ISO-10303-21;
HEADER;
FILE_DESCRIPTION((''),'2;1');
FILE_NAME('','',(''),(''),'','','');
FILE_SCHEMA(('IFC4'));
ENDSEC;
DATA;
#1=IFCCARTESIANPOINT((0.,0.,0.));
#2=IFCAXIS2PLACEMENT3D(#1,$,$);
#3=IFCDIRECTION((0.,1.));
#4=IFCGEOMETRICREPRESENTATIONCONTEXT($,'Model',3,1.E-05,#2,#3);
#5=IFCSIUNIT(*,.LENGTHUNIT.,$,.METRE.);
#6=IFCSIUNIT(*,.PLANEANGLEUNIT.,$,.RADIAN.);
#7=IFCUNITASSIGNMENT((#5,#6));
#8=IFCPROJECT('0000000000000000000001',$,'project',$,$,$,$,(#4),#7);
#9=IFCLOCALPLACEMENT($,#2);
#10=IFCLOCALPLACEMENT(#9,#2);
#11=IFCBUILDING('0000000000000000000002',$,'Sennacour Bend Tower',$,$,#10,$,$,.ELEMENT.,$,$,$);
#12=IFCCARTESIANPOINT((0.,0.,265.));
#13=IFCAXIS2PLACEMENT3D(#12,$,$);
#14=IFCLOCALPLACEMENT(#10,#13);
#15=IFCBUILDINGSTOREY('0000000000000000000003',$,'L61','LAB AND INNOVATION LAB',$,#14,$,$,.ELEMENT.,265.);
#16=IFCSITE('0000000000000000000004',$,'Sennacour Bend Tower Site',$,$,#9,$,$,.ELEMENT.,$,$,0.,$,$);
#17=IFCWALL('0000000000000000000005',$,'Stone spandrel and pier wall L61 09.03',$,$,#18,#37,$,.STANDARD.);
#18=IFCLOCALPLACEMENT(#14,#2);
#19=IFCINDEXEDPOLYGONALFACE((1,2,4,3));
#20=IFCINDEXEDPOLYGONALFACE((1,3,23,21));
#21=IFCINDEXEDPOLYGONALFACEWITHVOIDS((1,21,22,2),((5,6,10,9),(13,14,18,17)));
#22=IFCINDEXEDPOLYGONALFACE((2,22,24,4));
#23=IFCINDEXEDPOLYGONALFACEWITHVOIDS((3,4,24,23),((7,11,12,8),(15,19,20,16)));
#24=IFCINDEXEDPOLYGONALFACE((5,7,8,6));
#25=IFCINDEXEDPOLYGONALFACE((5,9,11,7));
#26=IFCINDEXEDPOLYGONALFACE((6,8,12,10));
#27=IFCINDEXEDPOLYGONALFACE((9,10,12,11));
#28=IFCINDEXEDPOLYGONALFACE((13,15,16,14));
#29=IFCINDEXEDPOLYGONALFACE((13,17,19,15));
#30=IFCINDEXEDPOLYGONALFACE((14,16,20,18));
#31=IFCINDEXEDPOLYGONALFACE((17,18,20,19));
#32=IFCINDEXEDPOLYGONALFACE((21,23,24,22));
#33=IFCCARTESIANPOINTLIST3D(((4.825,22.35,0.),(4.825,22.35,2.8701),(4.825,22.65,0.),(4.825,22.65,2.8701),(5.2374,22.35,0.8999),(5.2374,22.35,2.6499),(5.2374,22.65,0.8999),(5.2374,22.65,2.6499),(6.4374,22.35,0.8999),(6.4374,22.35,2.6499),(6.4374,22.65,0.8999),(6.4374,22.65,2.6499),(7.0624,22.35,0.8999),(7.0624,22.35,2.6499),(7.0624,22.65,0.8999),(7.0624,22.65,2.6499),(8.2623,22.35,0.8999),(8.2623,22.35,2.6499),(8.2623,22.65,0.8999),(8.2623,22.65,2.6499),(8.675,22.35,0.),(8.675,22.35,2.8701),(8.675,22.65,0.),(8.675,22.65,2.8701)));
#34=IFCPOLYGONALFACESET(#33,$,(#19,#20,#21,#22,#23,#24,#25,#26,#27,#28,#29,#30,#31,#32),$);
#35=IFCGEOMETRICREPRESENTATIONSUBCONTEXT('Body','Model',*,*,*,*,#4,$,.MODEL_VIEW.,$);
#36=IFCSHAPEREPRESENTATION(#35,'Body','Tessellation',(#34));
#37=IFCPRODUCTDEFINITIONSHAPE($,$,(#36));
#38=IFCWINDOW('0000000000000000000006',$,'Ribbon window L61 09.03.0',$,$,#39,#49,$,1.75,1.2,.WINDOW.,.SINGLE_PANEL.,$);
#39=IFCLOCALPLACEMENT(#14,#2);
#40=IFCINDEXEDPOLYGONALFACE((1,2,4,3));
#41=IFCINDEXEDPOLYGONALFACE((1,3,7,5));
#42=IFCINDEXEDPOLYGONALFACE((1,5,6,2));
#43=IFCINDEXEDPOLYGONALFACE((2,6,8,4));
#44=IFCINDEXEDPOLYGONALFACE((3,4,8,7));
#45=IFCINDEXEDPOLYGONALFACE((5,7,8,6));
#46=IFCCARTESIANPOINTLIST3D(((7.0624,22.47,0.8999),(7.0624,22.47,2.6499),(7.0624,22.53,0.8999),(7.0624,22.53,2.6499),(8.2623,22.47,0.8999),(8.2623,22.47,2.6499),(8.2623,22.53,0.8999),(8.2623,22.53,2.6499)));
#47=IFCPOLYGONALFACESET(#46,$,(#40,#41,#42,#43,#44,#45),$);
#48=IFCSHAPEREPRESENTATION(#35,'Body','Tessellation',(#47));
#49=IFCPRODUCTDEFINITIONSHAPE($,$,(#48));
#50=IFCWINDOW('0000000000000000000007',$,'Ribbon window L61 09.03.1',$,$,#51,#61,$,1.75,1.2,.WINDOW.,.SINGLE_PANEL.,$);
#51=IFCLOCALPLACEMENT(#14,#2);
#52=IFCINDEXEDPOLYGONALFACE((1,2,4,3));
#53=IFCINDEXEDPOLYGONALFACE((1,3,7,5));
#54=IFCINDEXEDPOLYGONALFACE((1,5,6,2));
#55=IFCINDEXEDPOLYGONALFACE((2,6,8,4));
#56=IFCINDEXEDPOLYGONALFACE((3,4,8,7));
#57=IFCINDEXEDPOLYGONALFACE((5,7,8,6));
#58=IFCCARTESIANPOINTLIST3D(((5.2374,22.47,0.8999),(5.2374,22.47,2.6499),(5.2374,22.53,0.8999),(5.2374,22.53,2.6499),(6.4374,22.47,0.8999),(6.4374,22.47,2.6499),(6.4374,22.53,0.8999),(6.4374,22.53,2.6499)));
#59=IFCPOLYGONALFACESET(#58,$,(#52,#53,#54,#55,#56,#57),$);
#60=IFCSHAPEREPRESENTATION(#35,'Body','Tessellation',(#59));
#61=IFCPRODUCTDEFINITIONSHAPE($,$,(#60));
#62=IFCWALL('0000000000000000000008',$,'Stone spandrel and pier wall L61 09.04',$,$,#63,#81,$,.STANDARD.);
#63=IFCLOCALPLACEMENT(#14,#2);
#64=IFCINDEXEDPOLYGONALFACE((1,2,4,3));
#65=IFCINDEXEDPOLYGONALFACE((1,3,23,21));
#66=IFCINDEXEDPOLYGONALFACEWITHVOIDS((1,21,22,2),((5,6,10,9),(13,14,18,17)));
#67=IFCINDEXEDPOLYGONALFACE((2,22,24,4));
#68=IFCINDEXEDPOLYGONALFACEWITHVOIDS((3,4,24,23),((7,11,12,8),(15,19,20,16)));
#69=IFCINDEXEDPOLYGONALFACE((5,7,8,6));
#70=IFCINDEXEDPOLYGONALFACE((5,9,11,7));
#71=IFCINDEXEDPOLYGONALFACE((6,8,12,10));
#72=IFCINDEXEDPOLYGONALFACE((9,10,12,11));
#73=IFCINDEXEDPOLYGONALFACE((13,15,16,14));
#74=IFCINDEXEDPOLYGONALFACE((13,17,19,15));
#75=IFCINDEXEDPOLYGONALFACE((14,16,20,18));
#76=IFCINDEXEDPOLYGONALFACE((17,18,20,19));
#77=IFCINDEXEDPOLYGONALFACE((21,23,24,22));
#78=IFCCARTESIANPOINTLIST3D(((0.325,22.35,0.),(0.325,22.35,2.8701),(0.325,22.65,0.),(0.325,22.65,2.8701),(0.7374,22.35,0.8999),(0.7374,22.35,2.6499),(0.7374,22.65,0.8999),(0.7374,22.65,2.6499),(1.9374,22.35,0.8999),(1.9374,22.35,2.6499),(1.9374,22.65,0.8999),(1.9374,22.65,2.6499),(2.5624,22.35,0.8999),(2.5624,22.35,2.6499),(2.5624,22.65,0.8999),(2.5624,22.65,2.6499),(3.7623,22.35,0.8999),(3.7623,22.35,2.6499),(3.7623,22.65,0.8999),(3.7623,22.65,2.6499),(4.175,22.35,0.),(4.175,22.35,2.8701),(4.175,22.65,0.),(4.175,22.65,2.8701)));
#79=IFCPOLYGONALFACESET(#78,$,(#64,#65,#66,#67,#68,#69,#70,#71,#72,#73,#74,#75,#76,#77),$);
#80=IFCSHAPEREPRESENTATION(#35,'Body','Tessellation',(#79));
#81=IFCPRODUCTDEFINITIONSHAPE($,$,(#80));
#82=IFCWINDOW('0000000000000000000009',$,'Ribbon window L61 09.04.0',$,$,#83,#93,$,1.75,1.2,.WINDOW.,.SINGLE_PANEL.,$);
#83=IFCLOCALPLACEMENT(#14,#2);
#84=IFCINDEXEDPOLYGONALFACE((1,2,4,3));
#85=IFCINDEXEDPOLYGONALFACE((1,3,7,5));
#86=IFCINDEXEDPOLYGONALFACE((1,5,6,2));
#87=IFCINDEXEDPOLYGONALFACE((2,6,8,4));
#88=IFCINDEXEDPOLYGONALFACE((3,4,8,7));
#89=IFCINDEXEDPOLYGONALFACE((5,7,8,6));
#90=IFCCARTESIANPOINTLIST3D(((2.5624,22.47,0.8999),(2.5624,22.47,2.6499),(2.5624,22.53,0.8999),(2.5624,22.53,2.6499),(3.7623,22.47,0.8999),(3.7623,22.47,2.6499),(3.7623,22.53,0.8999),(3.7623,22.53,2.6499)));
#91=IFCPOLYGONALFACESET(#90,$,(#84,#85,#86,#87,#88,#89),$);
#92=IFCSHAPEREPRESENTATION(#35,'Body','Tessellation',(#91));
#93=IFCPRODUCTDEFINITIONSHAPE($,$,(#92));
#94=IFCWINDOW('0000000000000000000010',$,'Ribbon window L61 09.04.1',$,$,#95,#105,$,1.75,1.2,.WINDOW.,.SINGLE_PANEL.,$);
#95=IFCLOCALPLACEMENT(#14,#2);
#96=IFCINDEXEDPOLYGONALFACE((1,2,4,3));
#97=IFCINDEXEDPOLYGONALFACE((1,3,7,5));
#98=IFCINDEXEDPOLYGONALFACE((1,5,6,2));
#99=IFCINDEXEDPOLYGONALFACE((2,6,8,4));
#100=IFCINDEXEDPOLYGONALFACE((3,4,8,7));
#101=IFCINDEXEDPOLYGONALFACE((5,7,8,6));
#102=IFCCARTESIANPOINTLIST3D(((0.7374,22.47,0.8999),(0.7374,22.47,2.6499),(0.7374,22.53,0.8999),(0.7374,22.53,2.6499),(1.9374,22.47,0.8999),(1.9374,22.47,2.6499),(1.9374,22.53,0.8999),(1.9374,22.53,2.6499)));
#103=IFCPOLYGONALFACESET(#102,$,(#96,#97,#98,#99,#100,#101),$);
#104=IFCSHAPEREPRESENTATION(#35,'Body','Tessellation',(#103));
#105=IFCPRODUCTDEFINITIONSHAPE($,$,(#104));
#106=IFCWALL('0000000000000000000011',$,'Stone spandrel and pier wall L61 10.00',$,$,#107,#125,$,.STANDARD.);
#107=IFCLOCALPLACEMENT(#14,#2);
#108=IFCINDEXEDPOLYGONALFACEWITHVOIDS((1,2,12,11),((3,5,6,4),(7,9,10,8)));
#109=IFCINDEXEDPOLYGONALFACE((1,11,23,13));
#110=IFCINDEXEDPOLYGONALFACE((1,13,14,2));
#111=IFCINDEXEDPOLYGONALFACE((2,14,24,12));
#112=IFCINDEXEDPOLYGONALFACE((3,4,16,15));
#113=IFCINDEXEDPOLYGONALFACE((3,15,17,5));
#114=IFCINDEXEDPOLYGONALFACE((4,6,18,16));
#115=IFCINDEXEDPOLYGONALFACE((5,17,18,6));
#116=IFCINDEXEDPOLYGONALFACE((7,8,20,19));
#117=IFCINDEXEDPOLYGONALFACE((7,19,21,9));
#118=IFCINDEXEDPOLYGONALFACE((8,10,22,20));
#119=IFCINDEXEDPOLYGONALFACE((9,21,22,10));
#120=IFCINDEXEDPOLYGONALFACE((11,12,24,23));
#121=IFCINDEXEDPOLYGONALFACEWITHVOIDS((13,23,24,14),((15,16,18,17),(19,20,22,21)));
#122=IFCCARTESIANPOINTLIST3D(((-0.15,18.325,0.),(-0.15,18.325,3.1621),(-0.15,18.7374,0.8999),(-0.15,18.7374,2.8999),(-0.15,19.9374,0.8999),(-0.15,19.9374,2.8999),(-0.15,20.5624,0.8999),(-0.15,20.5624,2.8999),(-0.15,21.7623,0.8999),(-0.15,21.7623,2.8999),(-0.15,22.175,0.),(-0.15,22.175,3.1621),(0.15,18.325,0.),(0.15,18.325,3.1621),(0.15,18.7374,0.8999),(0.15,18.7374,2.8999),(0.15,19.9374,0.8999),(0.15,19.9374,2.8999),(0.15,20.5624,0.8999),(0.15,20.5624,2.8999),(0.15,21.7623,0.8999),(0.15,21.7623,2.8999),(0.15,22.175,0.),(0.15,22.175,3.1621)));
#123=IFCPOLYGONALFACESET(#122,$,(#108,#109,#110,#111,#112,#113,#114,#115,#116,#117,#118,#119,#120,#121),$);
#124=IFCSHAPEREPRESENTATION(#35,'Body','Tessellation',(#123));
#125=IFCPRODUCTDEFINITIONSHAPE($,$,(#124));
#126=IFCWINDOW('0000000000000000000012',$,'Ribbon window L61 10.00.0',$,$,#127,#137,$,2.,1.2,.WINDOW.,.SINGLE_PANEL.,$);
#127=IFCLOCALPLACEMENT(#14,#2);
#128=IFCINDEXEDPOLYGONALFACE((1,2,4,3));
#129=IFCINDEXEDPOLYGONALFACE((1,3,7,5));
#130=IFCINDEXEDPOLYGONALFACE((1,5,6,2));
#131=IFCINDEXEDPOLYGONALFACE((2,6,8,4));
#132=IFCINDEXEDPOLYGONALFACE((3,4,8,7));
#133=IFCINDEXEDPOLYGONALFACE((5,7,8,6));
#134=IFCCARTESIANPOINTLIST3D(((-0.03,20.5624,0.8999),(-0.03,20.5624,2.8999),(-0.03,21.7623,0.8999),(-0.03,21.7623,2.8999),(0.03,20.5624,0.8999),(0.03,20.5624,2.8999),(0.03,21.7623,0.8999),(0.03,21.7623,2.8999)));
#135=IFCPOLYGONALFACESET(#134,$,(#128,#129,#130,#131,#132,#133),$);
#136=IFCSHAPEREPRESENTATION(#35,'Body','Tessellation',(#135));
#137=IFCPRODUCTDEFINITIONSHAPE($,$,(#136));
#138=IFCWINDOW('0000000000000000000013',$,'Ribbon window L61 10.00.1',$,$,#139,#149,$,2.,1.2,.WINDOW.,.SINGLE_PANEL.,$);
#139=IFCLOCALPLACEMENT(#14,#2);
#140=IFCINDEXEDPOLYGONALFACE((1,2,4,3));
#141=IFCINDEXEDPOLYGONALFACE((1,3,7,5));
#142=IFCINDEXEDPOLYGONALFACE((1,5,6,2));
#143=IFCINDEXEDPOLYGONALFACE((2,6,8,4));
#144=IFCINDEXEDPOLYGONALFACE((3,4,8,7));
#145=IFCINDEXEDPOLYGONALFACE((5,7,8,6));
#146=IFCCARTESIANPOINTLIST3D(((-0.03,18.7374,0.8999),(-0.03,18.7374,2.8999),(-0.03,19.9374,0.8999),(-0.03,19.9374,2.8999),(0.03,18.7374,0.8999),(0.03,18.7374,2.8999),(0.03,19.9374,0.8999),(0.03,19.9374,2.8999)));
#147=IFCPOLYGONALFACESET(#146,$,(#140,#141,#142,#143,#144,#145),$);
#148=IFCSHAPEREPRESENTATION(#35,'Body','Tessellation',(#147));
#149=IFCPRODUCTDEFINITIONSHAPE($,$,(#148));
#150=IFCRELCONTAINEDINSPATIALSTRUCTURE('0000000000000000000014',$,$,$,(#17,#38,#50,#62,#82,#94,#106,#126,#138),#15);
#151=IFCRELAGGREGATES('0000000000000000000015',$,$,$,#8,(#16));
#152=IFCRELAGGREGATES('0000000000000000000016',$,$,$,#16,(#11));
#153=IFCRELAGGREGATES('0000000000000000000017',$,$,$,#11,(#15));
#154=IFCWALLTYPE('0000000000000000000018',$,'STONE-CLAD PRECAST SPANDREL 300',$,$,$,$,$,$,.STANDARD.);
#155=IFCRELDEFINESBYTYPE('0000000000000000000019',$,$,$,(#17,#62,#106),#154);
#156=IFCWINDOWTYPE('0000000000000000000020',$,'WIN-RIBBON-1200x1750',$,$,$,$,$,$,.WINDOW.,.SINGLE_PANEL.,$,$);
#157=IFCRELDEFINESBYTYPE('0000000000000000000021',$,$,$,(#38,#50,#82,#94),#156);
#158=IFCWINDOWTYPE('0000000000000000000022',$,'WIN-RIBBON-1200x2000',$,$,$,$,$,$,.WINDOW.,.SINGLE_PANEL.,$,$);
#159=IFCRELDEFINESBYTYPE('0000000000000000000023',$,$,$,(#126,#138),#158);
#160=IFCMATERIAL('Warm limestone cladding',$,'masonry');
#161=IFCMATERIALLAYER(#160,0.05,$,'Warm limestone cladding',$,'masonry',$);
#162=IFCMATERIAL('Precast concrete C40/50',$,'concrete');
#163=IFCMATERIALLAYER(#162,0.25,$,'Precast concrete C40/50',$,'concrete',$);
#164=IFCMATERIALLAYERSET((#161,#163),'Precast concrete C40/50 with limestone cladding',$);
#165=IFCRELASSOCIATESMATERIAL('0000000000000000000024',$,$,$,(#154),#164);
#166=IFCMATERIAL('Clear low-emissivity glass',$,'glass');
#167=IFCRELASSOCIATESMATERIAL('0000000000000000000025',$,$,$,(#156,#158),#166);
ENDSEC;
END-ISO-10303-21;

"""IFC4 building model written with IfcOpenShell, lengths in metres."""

from ifc_helpers import new_model, si_unit, direction, frame, frame_2d, origin, place, context, subcontext, project, spatial, rectangle, extrude, material, layer, layer_set, type_object, element, fill, save


model = new_model("IFC4")

# Units and contexts
model_context = context("Model", 3, precision=1e-05, world=origin(), true_north=direction((0.0, 1.0)))
body_context = subcontext(model_context, "Body", "Model", "MODEL_VIEW")
ifc_project = project(units=[si_unit("LENGTHUNIT", "METRE"), si_unit("PLANEANGLEUNIT", "RADIAN")], contexts=[model_context])

# Site, building, storey
site_placement = place(None, origin())
site = spatial("IfcSite", under=ifc_project, at=site_placement, Name="Sennacour Bend Tower Site", CompositionType="ELEMENT", RefElevation=0.0)
building_placement = place(site_placement, origin())
building = spatial("IfcBuilding", under=site, at=building_placement, Name="Sennacour Bend Tower", CompositionType="ELEMENT")
storey_placement = place(building_placement, frame((0.0, 0.0, 265.0)))
storey = spatial("IfcBuildingStorey", under=building, at=storey_placement, Name="L61", Description="LAB AND INNOVATION LAB", CompositionType="ELEMENT", Elevation=265.0)

# Walls, openings, windows
ifc_material_1 = material(Name="Warm limestone cladding", Category="masonry")
ifc_layer_1 = layer(ifc_material_1, 0.05, Name="Warm limestone cladding", Category="masonry")
ifc_material_2 = material(Name="Precast concrete C40/50", Category="concrete")
ifc_layer_2 = layer(ifc_material_2, 0.25, Name="Precast concrete C40/50", Category="concrete")
ifc_layer_set_1 = layer_set([ifc_layer_1, ifc_layer_2], Name="Precast concrete C40/50 with limestone cladding")
wall_type_1 = type_object("IfcWallType", Name="STONE-CLAD PRECAST SPANDREL 300", PredefinedType="STANDARD", material=ifc_layer_set_1)
wall_1_placement = place(storey_placement, frame((8.675, 22.5, 0.0), z_axis=(0.0, 0.0, 1.0), x_axis=(-1.0, 0.0, 0.0)))
wall_1 = element("IfcWall", 1, at=wall_1_placement, inside=storey, type_object=wall_type_1, Name="Stone spandrel and pier wall L61 09.03", PredefinedType="STANDARD", context=body_context, shape_type="SweptSolid", body=[
    extrude(rectangle(XDim=3.8501, YDim=0.3, at=frame_2d((1.925, 0.0))), origin(), (0.0, 0.0, 1.0), 2.8701),
])
opening_1_placement = place(wall_1_placement, frame((0.4126, 0.0, 0.8999)))
opening_1 = element("IfcOpeningElement", 2, at=opening_1_placement, cuts=wall_1, PredefinedType="OPENING", context=body_context, shape_type="SweptSolid", body=[
    extrude(rectangle(XDim=1.2, YDim=1.75, at=frame_2d((0.6001, 0.875))), frame((0.0, 0.1602, 0.0), z_axis=(0.0, -1.0, 0.0), x_axis=(1.0, 0.0, 0.0)), (0.0, 0.0, 1.0), 0.3201),
])
opening_2_placement = place(wall_1_placement, frame((2.2375, 0.0, 0.8999)))
opening_2 = element("IfcOpeningElement", 3, at=opening_2_placement, cuts=wall_1, PredefinedType="OPENING", context=body_context, shape_type="SweptSolid", body=[
    extrude(rectangle(XDim=1.2, YDim=1.75, at=frame_2d((0.6001, 0.875))), frame((0.0, 0.1602, 0.0), z_axis=(0.0, -1.0, 0.0), x_axis=(1.0, 0.0, 0.0)), (0.0, 0.0, 1.0), 0.3201),
])
ifc_material_3 = material(Name="Clear low-emissivity glass", Category="glass")
window_type_1 = type_object("IfcWindowType", Name="WIN-RIBBON-1200x1750", PartitioningType="SINGLE_PANEL", PredefinedType="WINDOW", material=ifc_material_3)
window_1_placement = place(opening_1_placement, origin())
window_1 = element("IfcWindow", 4, at=window_1_placement, inside=storey, type_object=window_type_1, Name="Ribbon window L61 09.03.0", OverallHeight=1.75, OverallWidth=1.2, PartitioningType="SINGLE_PANEL", PredefinedType="WINDOW", context=body_context, shape_type="SweptSolid", body=[
    extrude(rectangle(XDim=1.2, YDim=1.75, at=frame_2d((0.6001, 0.875))), frame((0.0, 0.03, 0.0), z_axis=(0.0, -1.0, 0.0), x_axis=(1.0, 0.0, 0.0)), (0.0, 0.0, 1.0), 0.0601),
])
fill(opening_1, window_1)
window_2_placement = place(opening_2_placement, origin())
window_2 = element("IfcWindow", 5, at=window_2_placement, inside=storey, type_object=window_type_1, Name="Ribbon window L61 09.03.1", OverallHeight=1.75, OverallWidth=1.2, PartitioningType="SINGLE_PANEL", PredefinedType="WINDOW", context=body_context, shape_type="SweptSolid", body=[
    extrude(rectangle(XDim=1.2, YDim=1.75, at=frame_2d((0.6001, 0.875))), frame((0.0, 0.03, 0.0), z_axis=(0.0, -1.0, 0.0), x_axis=(1.0, 0.0, 0.0)), (0.0, 0.0, 1.0), 0.0601),
])
fill(opening_2, window_2)
wall_2_placement = place(storey_placement, frame((4.175, 22.5, 0.0), z_axis=(0.0, 0.0, 1.0), x_axis=(-1.0, 0.0, 0.0)))
wall_2 = element("IfcWall", 6, at=wall_2_placement, inside=storey, type_object=wall_type_1, Name="Stone spandrel and pier wall L61 09.04", PredefinedType="STANDARD", context=body_context, shape_type="SweptSolid", body=[
    extrude(rectangle(XDim=3.8501, YDim=0.3, at=frame_2d((1.925, 0.0))), origin(), (0.0, 0.0, 1.0), 2.8701),
])
opening_3_placement = place(wall_2_placement, frame((0.4126, 0.0, 0.8999)))
opening_3 = element("IfcOpeningElement", 7, at=opening_3_placement, cuts=wall_2, PredefinedType="OPENING", context=body_context, shape_type="SweptSolid", body=[
    extrude(rectangle(XDim=1.2, YDim=1.75, at=frame_2d((0.6001, 0.875))), frame((0.0, 0.1602, 0.0), z_axis=(0.0, -1.0, 0.0), x_axis=(1.0, 0.0, 0.0)), (0.0, 0.0, 1.0), 0.3201),
])
opening_4_placement = place(wall_2_placement, frame((2.2375, 0.0, 0.8999)))
opening_4 = element("IfcOpeningElement", 8, at=opening_4_placement, cuts=wall_2, PredefinedType="OPENING", context=body_context, shape_type="SweptSolid", body=[
    extrude(rectangle(XDim=1.2, YDim=1.75, at=frame_2d((0.6001, 0.875))), frame((0.0, 0.1602, 0.0), z_axis=(0.0, -1.0, 0.0), x_axis=(1.0, 0.0, 0.0)), (0.0, 0.0, 1.0), 0.3201),
])
window_3_placement = place(opening_3_placement, origin())
window_3 = element("IfcWindow", 9, at=window_3_placement, inside=storey, type_object=window_type_1, Name="Ribbon window L61 09.04.0", OverallHeight=1.75, OverallWidth=1.2, PartitioningType="SINGLE_PANEL", PredefinedType="WINDOW", context=body_context, shape_type="SweptSolid", body=[
    extrude(rectangle(XDim=1.2, YDim=1.75, at=frame_2d((0.6001, 0.875))), frame((0.0, 0.03, 0.0), z_axis=(0.0, -1.0, 0.0), x_axis=(1.0, 0.0, 0.0)), (0.0, 0.0, 1.0), 0.0601),
])
fill(opening_3, window_3)
window_4_placement = place(opening_4_placement, origin())
window_4 = element("IfcWindow", 10, at=window_4_placement, inside=storey, type_object=window_type_1, Name="Ribbon window L61 09.04.1", OverallHeight=1.75, OverallWidth=1.2, PartitioningType="SINGLE_PANEL", PredefinedType="WINDOW", context=body_context, shape_type="SweptSolid", body=[
    extrude(rectangle(XDim=1.2, YDim=1.75, at=frame_2d((0.6001, 0.875))), frame((0.0, 0.03, 0.0), z_axis=(0.0, -1.0, 0.0), x_axis=(1.0, 0.0, 0.0)), (0.0, 0.0, 1.0), 0.0601),
])
fill(opening_4, window_4)
wall_3_placement = place(storey_placement, frame((0.0, 22.175, 0.0), z_axis=(0.0, 0.0, 1.0), x_axis=(0.0, -1.0, 0.0)))
wall_3 = element("IfcWall", 11, at=wall_3_placement, inside=storey, type_object=wall_type_1, Name="Stone spandrel and pier wall L61 10.00", PredefinedType="STANDARD", context=body_context, shape_type="SweptSolid", body=[
    extrude(rectangle(XDim=3.8501, YDim=0.3, at=frame_2d((1.925, 0.0))), origin(), (0.0, 0.0, 1.0), 3.1621),
])
opening_5_placement = place(wall_3_placement, frame((0.4126, 0.0, 0.8999)))
opening_5 = element("IfcOpeningElement", 12, at=opening_5_placement, cuts=wall_3, PredefinedType="OPENING", context=body_context, shape_type="SweptSolid", body=[
    extrude(rectangle(XDim=1.2, YDim=2.0, at=frame_2d((0.6001, 1.0))), frame((0.0, 0.1602, 0.0), z_axis=(0.0, -1.0, 0.0), x_axis=(1.0, 0.0, 0.0)), (0.0, 0.0, 1.0), 0.3201),
])
opening_6_placement = place(wall_3_placement, frame((2.2375, 0.0, 0.8999)))
opening_6 = element("IfcOpeningElement", 13, at=opening_6_placement, cuts=wall_3, PredefinedType="OPENING", context=body_context, shape_type="SweptSolid", body=[
    extrude(rectangle(XDim=1.2, YDim=2.0, at=frame_2d((0.6001, 1.0))), frame((0.0, 0.1602, 0.0), z_axis=(0.0, -1.0, 0.0), x_axis=(1.0, 0.0, 0.0)), (0.0, 0.0, 1.0), 0.3201),
])
window_type_2 = type_object("IfcWindowType", Name="WIN-RIBBON-1200x2000", PartitioningType="SINGLE_PANEL", PredefinedType="WINDOW", material=ifc_material_3)
window_5_placement = place(opening_5_placement, origin())
window_5 = element("IfcWindow", 14, at=window_5_placement, inside=storey, type_object=window_type_2, Name="Ribbon window L61 10.00.0", OverallHeight=2.0, OverallWidth=1.2, PartitioningType="SINGLE_PANEL", PredefinedType="WINDOW", context=body_context, shape_type="SweptSolid", body=[
    extrude(rectangle(XDim=1.2, YDim=2.0, at=frame_2d((0.6001, 1.0))), frame((0.0, 0.03, 0.0), z_axis=(0.0, -1.0, 0.0), x_axis=(1.0, 0.0, 0.0)), (0.0, 0.0, 1.0), 0.0601),
])
fill(opening_5, window_5)
window_6_placement = place(opening_6_placement, origin())
window_6 = element("IfcWindow", 15, at=window_6_placement, inside=storey, type_object=window_type_2, Name="Ribbon window L61 10.00.1", OverallHeight=2.0, OverallWidth=1.2, PartitioningType="SINGLE_PANEL", PredefinedType="WINDOW", context=body_context, shape_type="SweptSolid", body=[
    extrude(rectangle(XDim=1.2, YDim=2.0, at=frame_2d((0.6001, 1.0))), frame((0.0, 0.03, 0.0), z_axis=(0.0, -1.0, 0.0), x_axis=(1.0, 0.0, 0.0)), (0.0, 0.0, 1.0), 0.0601),
])
fill(opening_6, window_6)

save(model, "model.ifc")
